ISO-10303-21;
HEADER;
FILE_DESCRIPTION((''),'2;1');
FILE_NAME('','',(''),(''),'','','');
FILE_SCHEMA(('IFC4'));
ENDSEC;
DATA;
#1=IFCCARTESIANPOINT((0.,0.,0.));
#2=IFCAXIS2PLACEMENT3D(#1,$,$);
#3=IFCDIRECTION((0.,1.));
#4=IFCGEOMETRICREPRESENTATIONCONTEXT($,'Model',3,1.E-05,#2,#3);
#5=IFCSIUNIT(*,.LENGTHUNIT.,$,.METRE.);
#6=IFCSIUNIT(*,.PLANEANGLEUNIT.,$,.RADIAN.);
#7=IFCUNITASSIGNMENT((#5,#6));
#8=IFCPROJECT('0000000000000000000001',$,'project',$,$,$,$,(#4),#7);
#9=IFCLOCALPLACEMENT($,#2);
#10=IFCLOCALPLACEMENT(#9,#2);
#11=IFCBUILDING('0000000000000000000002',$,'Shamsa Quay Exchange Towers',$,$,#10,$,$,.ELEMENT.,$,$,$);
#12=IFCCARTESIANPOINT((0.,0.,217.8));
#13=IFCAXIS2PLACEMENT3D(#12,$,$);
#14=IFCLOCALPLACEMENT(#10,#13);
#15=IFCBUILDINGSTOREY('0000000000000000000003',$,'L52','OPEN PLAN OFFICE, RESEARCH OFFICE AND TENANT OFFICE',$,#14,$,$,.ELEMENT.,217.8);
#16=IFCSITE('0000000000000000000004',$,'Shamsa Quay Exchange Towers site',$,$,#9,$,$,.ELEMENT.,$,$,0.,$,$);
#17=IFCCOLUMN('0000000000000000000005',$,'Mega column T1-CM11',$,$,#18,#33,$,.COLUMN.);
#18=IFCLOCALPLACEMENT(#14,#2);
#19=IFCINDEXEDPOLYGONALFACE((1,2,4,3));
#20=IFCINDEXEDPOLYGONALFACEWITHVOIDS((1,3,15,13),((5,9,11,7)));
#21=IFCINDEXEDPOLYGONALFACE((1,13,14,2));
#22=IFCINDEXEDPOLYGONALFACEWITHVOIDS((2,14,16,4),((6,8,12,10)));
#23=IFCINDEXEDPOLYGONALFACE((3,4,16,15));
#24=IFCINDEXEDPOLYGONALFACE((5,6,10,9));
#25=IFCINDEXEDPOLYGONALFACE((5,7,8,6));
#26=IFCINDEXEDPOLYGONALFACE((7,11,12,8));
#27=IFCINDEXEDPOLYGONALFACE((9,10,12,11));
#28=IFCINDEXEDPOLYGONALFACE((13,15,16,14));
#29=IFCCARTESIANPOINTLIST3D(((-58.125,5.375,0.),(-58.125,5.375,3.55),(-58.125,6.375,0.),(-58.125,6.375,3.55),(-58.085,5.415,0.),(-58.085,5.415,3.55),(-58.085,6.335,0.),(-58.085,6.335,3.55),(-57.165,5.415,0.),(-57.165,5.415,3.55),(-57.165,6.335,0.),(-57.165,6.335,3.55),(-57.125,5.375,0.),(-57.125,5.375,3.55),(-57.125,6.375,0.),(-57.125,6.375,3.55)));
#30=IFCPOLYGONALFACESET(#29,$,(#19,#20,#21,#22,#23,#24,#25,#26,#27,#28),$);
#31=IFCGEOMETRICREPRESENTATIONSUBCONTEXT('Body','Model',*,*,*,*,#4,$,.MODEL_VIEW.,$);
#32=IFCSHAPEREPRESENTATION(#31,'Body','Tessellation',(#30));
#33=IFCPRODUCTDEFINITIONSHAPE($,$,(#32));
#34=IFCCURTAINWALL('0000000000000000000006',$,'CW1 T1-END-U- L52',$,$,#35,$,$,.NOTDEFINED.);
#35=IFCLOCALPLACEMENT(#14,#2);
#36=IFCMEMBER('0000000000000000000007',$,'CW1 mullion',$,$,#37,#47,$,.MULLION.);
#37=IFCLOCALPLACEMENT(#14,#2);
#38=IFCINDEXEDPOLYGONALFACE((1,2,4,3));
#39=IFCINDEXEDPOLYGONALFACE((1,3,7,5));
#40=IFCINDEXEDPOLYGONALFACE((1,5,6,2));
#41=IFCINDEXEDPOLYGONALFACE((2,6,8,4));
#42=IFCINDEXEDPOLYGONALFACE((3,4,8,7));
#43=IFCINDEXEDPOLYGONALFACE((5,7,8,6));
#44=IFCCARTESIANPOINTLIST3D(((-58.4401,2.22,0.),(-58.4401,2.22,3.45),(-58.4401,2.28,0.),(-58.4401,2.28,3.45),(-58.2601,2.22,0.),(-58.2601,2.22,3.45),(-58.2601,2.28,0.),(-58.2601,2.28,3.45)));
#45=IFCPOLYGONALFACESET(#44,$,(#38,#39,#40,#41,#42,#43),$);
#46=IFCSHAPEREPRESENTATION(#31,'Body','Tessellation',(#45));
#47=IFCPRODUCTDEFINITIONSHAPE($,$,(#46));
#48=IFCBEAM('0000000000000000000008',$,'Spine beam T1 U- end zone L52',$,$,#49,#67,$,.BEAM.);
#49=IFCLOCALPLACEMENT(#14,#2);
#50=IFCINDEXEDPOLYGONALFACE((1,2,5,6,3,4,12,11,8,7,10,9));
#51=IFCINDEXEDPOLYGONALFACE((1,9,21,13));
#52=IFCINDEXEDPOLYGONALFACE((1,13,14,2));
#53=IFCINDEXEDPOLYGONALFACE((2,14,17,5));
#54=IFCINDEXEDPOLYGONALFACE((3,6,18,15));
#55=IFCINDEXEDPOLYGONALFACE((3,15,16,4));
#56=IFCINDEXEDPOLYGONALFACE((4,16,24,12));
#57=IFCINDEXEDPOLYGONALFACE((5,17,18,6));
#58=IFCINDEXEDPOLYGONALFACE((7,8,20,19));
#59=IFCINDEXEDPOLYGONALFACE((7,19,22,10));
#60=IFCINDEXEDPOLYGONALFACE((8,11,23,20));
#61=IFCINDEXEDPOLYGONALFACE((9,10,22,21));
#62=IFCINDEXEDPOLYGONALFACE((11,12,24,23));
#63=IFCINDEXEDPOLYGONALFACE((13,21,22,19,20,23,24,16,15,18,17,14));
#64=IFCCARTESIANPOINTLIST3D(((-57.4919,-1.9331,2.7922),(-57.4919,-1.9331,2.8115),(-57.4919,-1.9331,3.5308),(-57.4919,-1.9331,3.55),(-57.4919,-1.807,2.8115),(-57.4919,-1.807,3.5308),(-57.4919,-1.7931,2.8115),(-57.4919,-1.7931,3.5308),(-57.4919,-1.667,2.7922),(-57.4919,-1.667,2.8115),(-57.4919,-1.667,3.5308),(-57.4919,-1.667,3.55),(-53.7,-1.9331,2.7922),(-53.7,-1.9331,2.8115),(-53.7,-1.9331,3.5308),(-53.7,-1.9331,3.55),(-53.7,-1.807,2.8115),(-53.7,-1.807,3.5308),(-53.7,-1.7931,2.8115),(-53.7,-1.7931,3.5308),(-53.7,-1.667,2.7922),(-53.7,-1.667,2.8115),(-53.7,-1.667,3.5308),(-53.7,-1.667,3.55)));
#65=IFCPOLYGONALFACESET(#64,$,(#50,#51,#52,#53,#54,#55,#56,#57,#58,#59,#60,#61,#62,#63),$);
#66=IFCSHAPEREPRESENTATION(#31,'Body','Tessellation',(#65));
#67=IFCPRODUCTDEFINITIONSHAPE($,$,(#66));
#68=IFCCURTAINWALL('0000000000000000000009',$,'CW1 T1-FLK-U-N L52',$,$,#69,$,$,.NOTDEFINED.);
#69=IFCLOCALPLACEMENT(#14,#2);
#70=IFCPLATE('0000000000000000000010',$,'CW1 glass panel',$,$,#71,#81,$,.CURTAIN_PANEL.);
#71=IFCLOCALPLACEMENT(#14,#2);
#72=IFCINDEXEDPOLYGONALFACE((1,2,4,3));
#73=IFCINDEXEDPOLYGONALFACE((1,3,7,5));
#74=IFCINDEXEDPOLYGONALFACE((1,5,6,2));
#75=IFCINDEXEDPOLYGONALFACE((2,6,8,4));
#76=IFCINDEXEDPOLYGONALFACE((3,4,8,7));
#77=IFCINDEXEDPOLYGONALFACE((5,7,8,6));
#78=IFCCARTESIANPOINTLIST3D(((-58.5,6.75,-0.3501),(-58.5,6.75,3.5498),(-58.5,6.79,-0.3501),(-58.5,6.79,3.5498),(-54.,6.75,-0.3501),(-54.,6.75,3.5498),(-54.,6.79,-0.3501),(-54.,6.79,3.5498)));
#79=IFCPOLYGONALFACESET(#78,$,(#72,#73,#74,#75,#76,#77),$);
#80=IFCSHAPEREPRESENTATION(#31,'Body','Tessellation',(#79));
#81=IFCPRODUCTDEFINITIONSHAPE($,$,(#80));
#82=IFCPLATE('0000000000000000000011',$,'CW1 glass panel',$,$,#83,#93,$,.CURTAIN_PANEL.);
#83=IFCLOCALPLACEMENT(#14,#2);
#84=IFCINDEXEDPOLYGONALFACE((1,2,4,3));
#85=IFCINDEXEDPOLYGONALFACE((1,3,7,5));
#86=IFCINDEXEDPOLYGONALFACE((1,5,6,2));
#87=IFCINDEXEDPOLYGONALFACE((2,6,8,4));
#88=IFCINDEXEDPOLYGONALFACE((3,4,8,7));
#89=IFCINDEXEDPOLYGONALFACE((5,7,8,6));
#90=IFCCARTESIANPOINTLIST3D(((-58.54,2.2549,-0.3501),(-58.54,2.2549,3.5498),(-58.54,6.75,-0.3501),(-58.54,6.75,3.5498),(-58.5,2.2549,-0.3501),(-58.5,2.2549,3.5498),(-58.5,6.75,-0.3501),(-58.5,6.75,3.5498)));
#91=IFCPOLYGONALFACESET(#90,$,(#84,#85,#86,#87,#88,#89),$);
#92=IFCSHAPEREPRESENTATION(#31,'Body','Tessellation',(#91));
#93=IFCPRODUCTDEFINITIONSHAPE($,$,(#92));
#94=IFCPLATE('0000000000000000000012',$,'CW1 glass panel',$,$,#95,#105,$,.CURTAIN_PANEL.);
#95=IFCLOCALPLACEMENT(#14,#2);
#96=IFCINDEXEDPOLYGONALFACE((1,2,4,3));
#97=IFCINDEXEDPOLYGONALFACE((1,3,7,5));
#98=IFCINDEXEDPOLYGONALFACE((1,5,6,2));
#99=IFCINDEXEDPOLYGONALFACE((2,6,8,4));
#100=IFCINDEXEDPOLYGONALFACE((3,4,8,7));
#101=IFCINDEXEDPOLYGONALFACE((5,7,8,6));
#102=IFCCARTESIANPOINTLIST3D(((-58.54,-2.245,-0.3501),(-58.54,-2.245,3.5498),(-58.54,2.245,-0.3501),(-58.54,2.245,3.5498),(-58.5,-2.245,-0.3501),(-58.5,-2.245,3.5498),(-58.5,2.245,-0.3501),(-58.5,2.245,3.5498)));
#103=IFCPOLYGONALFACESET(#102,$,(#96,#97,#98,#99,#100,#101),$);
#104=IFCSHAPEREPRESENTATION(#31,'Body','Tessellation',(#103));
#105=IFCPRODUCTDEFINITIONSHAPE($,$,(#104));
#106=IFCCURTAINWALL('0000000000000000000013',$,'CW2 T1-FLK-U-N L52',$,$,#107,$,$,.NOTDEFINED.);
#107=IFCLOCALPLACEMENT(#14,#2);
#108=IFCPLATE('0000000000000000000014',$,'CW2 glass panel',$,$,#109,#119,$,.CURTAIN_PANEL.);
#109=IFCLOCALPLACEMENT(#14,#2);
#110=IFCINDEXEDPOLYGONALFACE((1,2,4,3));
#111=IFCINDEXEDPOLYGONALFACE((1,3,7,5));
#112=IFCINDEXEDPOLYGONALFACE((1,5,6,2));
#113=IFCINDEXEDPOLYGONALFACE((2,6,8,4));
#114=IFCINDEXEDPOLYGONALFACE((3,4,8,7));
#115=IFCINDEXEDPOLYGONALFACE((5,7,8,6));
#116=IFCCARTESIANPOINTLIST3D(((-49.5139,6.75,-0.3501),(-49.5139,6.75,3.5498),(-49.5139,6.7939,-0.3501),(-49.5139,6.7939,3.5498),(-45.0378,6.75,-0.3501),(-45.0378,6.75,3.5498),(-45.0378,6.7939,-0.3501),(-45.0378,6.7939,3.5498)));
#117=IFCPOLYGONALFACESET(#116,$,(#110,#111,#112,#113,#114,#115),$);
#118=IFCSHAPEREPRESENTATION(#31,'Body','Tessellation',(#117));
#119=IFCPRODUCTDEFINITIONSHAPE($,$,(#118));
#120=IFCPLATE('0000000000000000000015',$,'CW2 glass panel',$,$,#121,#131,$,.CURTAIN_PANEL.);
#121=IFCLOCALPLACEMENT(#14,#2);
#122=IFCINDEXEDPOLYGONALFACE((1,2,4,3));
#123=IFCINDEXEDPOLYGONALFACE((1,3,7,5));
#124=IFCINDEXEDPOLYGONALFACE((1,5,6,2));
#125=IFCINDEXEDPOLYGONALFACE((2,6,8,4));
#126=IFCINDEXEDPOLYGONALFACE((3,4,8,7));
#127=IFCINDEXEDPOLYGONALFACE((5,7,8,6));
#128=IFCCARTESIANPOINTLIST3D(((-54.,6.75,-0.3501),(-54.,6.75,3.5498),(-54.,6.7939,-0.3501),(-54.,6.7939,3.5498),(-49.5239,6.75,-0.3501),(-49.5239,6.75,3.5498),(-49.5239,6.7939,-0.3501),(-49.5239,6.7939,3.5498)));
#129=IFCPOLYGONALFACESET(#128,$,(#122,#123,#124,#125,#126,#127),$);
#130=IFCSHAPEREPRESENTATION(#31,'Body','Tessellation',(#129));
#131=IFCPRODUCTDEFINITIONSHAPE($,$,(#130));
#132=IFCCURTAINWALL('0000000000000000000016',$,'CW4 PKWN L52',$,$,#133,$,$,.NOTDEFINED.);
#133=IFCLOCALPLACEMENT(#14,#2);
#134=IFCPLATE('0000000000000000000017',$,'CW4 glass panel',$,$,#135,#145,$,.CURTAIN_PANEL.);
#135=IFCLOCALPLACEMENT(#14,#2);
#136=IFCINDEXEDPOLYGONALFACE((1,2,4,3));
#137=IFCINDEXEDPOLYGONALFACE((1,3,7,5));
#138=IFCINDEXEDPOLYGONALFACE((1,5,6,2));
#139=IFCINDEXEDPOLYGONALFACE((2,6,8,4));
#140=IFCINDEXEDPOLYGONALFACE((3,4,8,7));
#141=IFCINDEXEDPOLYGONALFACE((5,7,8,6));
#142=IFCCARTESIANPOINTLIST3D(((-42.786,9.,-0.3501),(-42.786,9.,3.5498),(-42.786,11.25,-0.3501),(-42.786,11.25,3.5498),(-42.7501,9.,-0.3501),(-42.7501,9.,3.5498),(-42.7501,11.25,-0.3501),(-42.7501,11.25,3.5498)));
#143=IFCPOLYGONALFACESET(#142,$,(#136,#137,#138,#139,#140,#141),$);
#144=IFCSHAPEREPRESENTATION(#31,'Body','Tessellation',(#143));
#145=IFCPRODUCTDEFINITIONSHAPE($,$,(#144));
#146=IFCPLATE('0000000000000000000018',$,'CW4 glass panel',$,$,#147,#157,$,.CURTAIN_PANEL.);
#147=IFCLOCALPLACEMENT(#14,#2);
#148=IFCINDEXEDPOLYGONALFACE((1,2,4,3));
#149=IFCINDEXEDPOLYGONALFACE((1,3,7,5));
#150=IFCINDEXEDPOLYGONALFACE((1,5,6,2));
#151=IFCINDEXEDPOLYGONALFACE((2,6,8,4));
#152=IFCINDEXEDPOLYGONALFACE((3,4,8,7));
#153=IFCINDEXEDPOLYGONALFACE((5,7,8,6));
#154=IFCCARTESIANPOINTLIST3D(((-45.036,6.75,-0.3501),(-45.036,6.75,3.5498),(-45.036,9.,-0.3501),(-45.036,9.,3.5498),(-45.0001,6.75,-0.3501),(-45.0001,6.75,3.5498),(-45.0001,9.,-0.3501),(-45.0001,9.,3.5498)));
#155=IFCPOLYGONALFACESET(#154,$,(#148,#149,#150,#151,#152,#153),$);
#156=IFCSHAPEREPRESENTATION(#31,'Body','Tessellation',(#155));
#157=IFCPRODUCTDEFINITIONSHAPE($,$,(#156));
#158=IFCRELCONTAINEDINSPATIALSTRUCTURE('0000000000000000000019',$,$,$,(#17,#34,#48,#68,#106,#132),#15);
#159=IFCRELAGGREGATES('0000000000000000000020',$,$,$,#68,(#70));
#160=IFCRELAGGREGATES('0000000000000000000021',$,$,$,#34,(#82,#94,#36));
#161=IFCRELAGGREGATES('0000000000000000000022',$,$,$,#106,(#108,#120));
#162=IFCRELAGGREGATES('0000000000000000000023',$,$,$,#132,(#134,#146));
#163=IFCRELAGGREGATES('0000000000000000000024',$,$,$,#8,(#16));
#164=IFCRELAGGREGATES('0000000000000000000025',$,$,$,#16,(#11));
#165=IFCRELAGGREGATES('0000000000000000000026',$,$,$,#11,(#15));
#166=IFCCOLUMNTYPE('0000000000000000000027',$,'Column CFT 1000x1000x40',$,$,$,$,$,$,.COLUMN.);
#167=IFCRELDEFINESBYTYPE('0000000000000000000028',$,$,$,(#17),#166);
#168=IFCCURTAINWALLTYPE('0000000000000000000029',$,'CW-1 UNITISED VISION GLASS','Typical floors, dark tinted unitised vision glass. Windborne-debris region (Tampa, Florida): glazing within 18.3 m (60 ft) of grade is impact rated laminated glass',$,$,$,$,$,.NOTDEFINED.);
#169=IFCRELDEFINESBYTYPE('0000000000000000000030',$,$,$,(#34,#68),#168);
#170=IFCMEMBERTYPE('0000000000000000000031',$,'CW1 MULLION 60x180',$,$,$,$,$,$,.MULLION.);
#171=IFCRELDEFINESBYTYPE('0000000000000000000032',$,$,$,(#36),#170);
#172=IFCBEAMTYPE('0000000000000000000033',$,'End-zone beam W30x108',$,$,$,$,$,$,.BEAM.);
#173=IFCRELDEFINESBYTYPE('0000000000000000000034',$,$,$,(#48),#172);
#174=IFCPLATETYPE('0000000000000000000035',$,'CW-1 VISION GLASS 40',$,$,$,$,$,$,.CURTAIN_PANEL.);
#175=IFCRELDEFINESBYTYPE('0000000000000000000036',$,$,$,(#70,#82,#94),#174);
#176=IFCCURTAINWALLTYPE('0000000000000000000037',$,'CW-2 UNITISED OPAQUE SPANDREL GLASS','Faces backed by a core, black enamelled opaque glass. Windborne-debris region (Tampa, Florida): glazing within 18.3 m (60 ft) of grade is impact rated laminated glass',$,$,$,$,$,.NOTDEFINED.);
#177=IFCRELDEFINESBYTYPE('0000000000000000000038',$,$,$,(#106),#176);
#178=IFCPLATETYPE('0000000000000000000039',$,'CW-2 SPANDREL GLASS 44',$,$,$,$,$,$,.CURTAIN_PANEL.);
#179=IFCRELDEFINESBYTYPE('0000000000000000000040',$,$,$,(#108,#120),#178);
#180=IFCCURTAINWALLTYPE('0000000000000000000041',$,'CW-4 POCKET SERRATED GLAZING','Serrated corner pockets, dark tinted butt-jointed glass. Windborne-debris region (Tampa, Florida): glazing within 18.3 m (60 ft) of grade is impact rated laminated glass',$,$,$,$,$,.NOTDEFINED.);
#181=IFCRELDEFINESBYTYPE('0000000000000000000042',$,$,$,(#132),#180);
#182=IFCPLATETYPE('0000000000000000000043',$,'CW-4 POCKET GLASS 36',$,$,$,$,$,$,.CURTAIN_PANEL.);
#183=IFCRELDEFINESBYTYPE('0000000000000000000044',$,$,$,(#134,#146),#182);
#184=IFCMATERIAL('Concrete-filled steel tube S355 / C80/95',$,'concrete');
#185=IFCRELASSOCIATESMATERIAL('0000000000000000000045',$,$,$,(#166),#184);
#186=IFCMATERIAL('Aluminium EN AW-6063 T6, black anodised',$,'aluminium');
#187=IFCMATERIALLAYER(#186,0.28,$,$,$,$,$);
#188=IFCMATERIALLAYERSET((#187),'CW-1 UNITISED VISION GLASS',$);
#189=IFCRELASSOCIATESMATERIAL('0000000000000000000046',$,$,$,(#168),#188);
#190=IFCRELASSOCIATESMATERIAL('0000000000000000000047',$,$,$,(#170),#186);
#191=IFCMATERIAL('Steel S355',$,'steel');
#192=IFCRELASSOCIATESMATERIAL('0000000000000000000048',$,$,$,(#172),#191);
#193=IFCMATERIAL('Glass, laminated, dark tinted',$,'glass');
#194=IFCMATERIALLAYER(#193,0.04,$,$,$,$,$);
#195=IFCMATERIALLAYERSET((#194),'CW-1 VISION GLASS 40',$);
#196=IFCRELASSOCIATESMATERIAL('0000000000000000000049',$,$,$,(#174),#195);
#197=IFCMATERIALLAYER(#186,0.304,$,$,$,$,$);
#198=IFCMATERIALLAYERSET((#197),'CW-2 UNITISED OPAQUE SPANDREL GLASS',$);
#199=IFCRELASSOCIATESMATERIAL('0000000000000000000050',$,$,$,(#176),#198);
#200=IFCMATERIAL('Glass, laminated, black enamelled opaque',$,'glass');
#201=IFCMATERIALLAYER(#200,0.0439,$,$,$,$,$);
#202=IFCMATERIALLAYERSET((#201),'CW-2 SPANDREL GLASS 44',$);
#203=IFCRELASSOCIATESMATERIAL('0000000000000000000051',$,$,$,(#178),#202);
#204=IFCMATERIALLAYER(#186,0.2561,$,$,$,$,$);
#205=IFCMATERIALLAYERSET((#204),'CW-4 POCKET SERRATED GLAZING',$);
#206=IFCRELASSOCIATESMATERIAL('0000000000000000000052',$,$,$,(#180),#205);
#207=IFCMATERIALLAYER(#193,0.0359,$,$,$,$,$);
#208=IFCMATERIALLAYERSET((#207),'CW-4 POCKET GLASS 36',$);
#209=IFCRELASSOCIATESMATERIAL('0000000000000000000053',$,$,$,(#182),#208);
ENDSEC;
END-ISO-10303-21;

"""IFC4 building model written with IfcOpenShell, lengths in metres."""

from ifc_helpers import new_model, si_unit, direction, frame, origin, origin_2d, place, context, subcontext, project, spatial, rectangle, hollow_rectangle, i_section, extrude, material, layer, layer_set, material_profile, profile_set, type_object, element, aggregate, save


model = new_model("IFC4")

# Units and contexts
model_context = context("Model", 3, precision=1e-05, world=origin(), true_north=direction((0.0, 1.0)))
body_context = subcontext(model_context, "Body", "Model", "MODEL_VIEW")
ifc_project = project(units=[si_unit("LENGTHUNIT", "METRE"), si_unit("PLANEANGLEUNIT", "RADIAN")], contexts=[model_context])

# Site, building, storey
site_placement = place(None, origin())
site = spatial("IfcSite", under=ifc_project, at=site_placement, Name="Shamsa Quay Exchange Towers site", CompositionType="ELEMENT", RefElevation=0.0)
building_placement = place(site_placement, origin())
building = spatial("IfcBuilding", under=site, at=building_placement, Name="Shamsa Quay Exchange Towers", CompositionType="ELEMENT")
storey_placement = place(building_placement, frame((0.0, 0.0, 217.8)))
storey = spatial("IfcBuildingStorey", under=building, at=storey_placement, Name="L52", Description="OPEN PLAN OFFICE, RESEARCH OFFICE AND TENANT OFFICE", CompositionType="ELEMENT", Elevation=217.8)

# Column
ifc_material_1 = material(Name="Concrete-filled steel tube S355 / C80/95", Category="concrete")
ifc_material_profile_1 = material_profile(ifc_material_1, hollow_rectangle(XDim=1.0, YDim=1.0, WallThickness=0.04, at=origin_2d()), Name="CFT 1000x1000x40")
ifc_profile_set_1 = profile_set([ifc_material_profile_1], Name="Concrete-filled steel tube S355 / C80/95")
column_type = type_object("IfcColumnType", Name="Column CFT 1000x1000x40", PredefinedType="COLUMN", material=ifc_profile_set_1)
column_placement = place(storey_placement, frame((-57.625, 5.875, 0.0)))
element("IfcColumn", 1, at=column_placement, inside=storey, type_object=column_type, Name="Mega column T1-CM11", PredefinedType="COLUMN", context=body_context, shape_type="SweptSolid", body=[
    extrude(hollow_rectangle(XDim=1.0, YDim=1.0, WallThickness=0.04, at=origin_2d()), origin(), (0.0, 0.0, 1.0), 3.55),
])

# Curtain wall, member
ifc_material_2 = material(Name="Aluminium EN AW-6063 T6, black anodised", Category="aluminium")
ifc_layer_1 = layer(ifc_material_2, 0.28)
ifc_layer_set_1 = layer_set([ifc_layer_1], Name="CW-1 UNITISED VISION GLASS")
curtain_wall_type_1 = type_object("IfcCurtainWallType", Name="CW-1 UNITISED VISION GLASS", Description="Typical floors, dark tinted unitised vision glass. Windborne-debris region (Tampa, Florida): glazing within 18.3 m (60 ft) of grade is impact rated laminated glass", PredefinedType="NOTDEFINED", material=ifc_layer_set_1)
curtain_wall_1_placement = place(storey_placement, origin())
curtain_wall_1 = element("IfcCurtainWall", 2, at=curtain_wall_1_placement, inside=storey, type_object=curtain_wall_type_1, Name="CW1 T1-END-U- L52", PredefinedType="NOTDEFINED")
ifc_material_profile_2 = material_profile(ifc_material_2, rectangle(XDim=0.1799, YDim=0.0601, at=origin_2d()), Name="MU60x180")
ifc_profile_set_2 = profile_set([ifc_material_profile_2], Name="Aluminium EN AW-6063 T6, black anodised")
member_type = type_object("IfcMemberType", Name="CW1 MULLION 60x180", PredefinedType="MULLION", material=ifc_profile_set_2)
member_placement = place(storey_placement, frame((-58.3501, 2.25, 0.0)))
member = element("IfcMember", 3, at=member_placement, type_object=member_type, Name="CW1 mullion", PredefinedType="MULLION", context=body_context, shape_type="SweptSolid", body=[
    extrude(rectangle(XDim=0.1799, YDim=0.0601, at=origin_2d()), origin(), (0.0, 0.0, 1.0), 3.45),
])

# Beam
ifc_material_3 = material(Name="Steel S355", Category="steel")
ifc_material_profile_3 = material_profile(ifc_material_3, i_section(OverallWidth=0.2661, OverallDepth=0.7578, WebThickness=0.0139, FlangeThickness=0.0193, at=origin_2d()), Name="W30x108")
ifc_profile_set_3 = profile_set([ifc_material_profile_3], Name="Steel S355")
beam_type = type_object("IfcBeamType", Name="End-zone beam W30x108", PredefinedType="BEAM", material=ifc_profile_set_3)
beam_placement = place(storey_placement, frame((-53.7, -1.8, 3.1711), z_axis=(-1.0, 0.0, 0.0), x_axis=(0.0, -1.0, 0.0)))
element("IfcBeam", 4, at=beam_placement, inside=storey, type_object=beam_type, Name="Spine beam T1 U- end zone L52", PredefinedType="BEAM", context=body_context, shape_type="SweptSolid", body=[
    extrude(i_section(OverallWidth=0.2661, OverallDepth=0.7578, WebThickness=0.0139, FlangeThickness=0.0193, at=origin_2d()), origin(), (0.0, 0.0, 1.0), 3.792),
])

# Curtain wall, plate
curtain_wall_2_placement = place(storey_placement, origin())
curtain_wall_2 = element("IfcCurtainWall", 5, at=curtain_wall_2_placement, inside=storey, type_object=curtain_wall_type_1, Name="CW1 T1-FLK-U-N L52", PredefinedType="NOTDEFINED")
ifc_material_4 = material(Name="Glass, laminated, dark tinted", Category="glass")
ifc_layer_2 = layer(ifc_material_4, 0.04)
ifc_layer_set_2 = layer_set([ifc_layer_2], Name="CW-1 VISION GLASS 40")
plate_type_1 = type_object("IfcPlateType", Name="CW-1 VISION GLASS 40", PredefinedType="CURTAIN_PANEL", material=ifc_layer_set_2)
plate_1_placement = place(storey_placement, frame((-56.25, 6.77, -0.3501), z_axis=(0.0, 0.0, 1.0), x_axis=(-1.0, 0.0, 0.0)))
plate_1 = element("IfcPlate", 6, at=plate_1_placement, type_object=plate_type_1, Name="CW1 glass panel", PredefinedType="CURTAIN_PANEL", context=body_context, shape_type="SweptSolid", body=[
    extrude(rectangle(XDim=4.5, YDim=0.04, at=origin_2d()), origin(), (0.0, 0.0, 1.0), 3.8999),
])
aggregate(curtain_wall_2, [plate_1])

# Plates
plate_2_placement = place(storey_placement, frame((-58.52, 4.5024, -0.3501), z_axis=(0.0, 0.0, 1.0), x_axis=(0.0, -1.0, 0.0)))
plate_2 = element("IfcPlate", 7, at=plate_2_placement, type_object=plate_type_1, Name="CW1 glass panel", PredefinedType="CURTAIN_PANEL", context=body_context, shape_type="SweptSolid", body=[
    extrude(rectangle(XDim=4.4951, YDim=0.04, at=origin_2d()), origin(), (0.0, 0.0, 1.0), 3.8999),
])
plate_3_placement = place(storey_placement, frame((-58.52, 0.0, -0.3501), z_axis=(0.0, 0.0, 1.0), x_axis=(0.0, -1.0, 0.0)))
plate_3 = element("IfcPlate", 8, at=plate_3_placement, type_object=plate_type_1, Name="CW1 glass panel", PredefinedType="CURTAIN_PANEL", context=body_context, shape_type="SweptSolid", body=[
    extrude(rectangle(XDim=4.49, YDim=0.04, at=origin_2d()), origin(), (0.0, 0.0, 1.0), 3.8999),
])
aggregate(curtain_wall_1, [plate_2, plate_3, member])

# Curtain walls, plates
ifc_layer_3 = layer(ifc_material_2, 0.304)
ifc_layer_set_3 = layer_set([ifc_layer_3], Name="CW-2 UNITISED OPAQUE SPANDREL GLASS")
curtain_wall_type_2 = type_object("IfcCurtainWallType", Name="CW-2 UNITISED OPAQUE SPANDREL GLASS", Description="Faces backed by a core, black enamelled opaque glass. Windborne-debris region (Tampa, Florida): glazing within 18.3 m (60 ft) of grade is impact rated laminated glass", PredefinedType="NOTDEFINED", material=ifc_layer_set_3)
curtain_wall_3_placement = place(storey_placement, origin())
curtain_wall_3 = element("IfcCurtainWall", 9, at=curtain_wall_3_placement, inside=storey, type_object=curtain_wall_type_2, Name="CW2 T1-FLK-U-N L52", PredefinedType="NOTDEFINED")
ifc_material_5 = material(Name="Glass, laminated, black enamelled opaque", Category="glass")
ifc_layer_4 = layer(ifc_material_5, 0.0439)
ifc_layer_set_4 = layer_set([ifc_layer_4], Name="CW-2 SPANDREL GLASS 44")
plate_type_2 = type_object("IfcPlateType", Name="CW-2 SPANDREL GLASS 44", PredefinedType="CURTAIN_PANEL", material=ifc_layer_set_4)
plate_4_placement = place(storey_placement, frame((-47.2759, 6.772, -0.3501), z_axis=(0.0, 0.0, 1.0), x_axis=(-1.0, 0.0, 0.0)))
plate_4 = element("IfcPlate", 10, at=plate_4_placement, type_object=plate_type_2, Name="CW2 glass panel", PredefinedType="CURTAIN_PANEL", context=body_context, shape_type="SweptSolid", body=[
    extrude(rectangle(XDim=4.4761, YDim=0.0439, at=origin_2d()), origin(), (0.0, 0.0, 1.0), 3.8999),
])
plate_5_placement = place(storey_placement, frame((-51.762, 6.772, -0.3501), z_axis=(0.0, 0.0, 1.0), x_axis=(-1.0, 0.0, 0.0)))
plate_5 = element("IfcPlate", 11, at=plate_5_placement, type_object=plate_type_2, Name="CW2 glass panel", PredefinedType="CURTAIN_PANEL", context=body_context, shape_type="SweptSolid", body=[
    extrude(rectangle(XDim=4.4761, YDim=0.0439, at=origin_2d()), origin(), (0.0, 0.0, 1.0), 3.8999),
])
aggregate(curtain_wall_3, [plate_4, plate_5])
ifc_layer_5 = layer(ifc_material_2, 0.2561)
ifc_layer_set_5 = layer_set([ifc_layer_5], Name="CW-4 POCKET SERRATED GLAZING")
curtain_wall_type_3 = type_object("IfcCurtainWallType", Name="CW-4 POCKET SERRATED GLAZING", Description="Serrated corner pockets, dark tinted butt-jointed glass. Windborne-debris region (Tampa, Florida): glazing within 18.3 m (60 ft) of grade is impact rated laminated glass", PredefinedType="NOTDEFINED", material=ifc_layer_set_5)
curtain_wall_4_placement = place(storey_placement, origin())
curtain_wall_4 = element("IfcCurtainWall", 12, at=curtain_wall_4_placement, inside=storey, type_object=curtain_wall_type_3, Name="CW4 PKWN L52", PredefinedType="NOTDEFINED")
ifc_layer_6 = layer(ifc_material_4, 0.0359)
ifc_layer_set_6 = layer_set([ifc_layer_6], Name="CW-4 POCKET GLASS 36")
plate_type_3 = type_object("IfcPlateType", Name="CW-4 POCKET GLASS 36", PredefinedType="CURTAIN_PANEL", material=ifc_layer_set_6)
plate_6_placement = place(storey_placement, frame((-42.7681, 10.125, -0.3501), z_axis=(0.0, 0.0, 1.0), x_axis=(0.0, -1.0, 0.0)))
plate_6 = element("IfcPlate", 13, at=plate_6_placement, type_object=plate_type_3, Name="CW4 glass panel", PredefinedType="CURTAIN_PANEL", context=body_context, shape_type="SweptSolid", body=[
    extrude(rectangle(XDim=2.25, YDim=0.0359, at=origin_2d()), origin(), (0.0, 0.0, 1.0), 3.8999),
])
plate_7_placement = place(storey_placement, frame((-45.0181, 7.875, -0.3501), z_axis=(0.0, 0.0, 1.0), x_axis=(0.0, -1.0, 0.0)))
plate_7 = element("IfcPlate", 14, at=plate_7_placement, type_object=plate_type_3, Name="CW4 glass panel", PredefinedType="CURTAIN_PANEL", context=body_context, shape_type="SweptSolid", body=[
    extrude(rectangle(XDim=2.25, YDim=0.0359, at=origin_2d()), origin(), (0.0, 0.0, 1.0), 3.8999),
])
aggregate(curtain_wall_4, [plate_6, plate_7])

save(model, "model.ifc")
